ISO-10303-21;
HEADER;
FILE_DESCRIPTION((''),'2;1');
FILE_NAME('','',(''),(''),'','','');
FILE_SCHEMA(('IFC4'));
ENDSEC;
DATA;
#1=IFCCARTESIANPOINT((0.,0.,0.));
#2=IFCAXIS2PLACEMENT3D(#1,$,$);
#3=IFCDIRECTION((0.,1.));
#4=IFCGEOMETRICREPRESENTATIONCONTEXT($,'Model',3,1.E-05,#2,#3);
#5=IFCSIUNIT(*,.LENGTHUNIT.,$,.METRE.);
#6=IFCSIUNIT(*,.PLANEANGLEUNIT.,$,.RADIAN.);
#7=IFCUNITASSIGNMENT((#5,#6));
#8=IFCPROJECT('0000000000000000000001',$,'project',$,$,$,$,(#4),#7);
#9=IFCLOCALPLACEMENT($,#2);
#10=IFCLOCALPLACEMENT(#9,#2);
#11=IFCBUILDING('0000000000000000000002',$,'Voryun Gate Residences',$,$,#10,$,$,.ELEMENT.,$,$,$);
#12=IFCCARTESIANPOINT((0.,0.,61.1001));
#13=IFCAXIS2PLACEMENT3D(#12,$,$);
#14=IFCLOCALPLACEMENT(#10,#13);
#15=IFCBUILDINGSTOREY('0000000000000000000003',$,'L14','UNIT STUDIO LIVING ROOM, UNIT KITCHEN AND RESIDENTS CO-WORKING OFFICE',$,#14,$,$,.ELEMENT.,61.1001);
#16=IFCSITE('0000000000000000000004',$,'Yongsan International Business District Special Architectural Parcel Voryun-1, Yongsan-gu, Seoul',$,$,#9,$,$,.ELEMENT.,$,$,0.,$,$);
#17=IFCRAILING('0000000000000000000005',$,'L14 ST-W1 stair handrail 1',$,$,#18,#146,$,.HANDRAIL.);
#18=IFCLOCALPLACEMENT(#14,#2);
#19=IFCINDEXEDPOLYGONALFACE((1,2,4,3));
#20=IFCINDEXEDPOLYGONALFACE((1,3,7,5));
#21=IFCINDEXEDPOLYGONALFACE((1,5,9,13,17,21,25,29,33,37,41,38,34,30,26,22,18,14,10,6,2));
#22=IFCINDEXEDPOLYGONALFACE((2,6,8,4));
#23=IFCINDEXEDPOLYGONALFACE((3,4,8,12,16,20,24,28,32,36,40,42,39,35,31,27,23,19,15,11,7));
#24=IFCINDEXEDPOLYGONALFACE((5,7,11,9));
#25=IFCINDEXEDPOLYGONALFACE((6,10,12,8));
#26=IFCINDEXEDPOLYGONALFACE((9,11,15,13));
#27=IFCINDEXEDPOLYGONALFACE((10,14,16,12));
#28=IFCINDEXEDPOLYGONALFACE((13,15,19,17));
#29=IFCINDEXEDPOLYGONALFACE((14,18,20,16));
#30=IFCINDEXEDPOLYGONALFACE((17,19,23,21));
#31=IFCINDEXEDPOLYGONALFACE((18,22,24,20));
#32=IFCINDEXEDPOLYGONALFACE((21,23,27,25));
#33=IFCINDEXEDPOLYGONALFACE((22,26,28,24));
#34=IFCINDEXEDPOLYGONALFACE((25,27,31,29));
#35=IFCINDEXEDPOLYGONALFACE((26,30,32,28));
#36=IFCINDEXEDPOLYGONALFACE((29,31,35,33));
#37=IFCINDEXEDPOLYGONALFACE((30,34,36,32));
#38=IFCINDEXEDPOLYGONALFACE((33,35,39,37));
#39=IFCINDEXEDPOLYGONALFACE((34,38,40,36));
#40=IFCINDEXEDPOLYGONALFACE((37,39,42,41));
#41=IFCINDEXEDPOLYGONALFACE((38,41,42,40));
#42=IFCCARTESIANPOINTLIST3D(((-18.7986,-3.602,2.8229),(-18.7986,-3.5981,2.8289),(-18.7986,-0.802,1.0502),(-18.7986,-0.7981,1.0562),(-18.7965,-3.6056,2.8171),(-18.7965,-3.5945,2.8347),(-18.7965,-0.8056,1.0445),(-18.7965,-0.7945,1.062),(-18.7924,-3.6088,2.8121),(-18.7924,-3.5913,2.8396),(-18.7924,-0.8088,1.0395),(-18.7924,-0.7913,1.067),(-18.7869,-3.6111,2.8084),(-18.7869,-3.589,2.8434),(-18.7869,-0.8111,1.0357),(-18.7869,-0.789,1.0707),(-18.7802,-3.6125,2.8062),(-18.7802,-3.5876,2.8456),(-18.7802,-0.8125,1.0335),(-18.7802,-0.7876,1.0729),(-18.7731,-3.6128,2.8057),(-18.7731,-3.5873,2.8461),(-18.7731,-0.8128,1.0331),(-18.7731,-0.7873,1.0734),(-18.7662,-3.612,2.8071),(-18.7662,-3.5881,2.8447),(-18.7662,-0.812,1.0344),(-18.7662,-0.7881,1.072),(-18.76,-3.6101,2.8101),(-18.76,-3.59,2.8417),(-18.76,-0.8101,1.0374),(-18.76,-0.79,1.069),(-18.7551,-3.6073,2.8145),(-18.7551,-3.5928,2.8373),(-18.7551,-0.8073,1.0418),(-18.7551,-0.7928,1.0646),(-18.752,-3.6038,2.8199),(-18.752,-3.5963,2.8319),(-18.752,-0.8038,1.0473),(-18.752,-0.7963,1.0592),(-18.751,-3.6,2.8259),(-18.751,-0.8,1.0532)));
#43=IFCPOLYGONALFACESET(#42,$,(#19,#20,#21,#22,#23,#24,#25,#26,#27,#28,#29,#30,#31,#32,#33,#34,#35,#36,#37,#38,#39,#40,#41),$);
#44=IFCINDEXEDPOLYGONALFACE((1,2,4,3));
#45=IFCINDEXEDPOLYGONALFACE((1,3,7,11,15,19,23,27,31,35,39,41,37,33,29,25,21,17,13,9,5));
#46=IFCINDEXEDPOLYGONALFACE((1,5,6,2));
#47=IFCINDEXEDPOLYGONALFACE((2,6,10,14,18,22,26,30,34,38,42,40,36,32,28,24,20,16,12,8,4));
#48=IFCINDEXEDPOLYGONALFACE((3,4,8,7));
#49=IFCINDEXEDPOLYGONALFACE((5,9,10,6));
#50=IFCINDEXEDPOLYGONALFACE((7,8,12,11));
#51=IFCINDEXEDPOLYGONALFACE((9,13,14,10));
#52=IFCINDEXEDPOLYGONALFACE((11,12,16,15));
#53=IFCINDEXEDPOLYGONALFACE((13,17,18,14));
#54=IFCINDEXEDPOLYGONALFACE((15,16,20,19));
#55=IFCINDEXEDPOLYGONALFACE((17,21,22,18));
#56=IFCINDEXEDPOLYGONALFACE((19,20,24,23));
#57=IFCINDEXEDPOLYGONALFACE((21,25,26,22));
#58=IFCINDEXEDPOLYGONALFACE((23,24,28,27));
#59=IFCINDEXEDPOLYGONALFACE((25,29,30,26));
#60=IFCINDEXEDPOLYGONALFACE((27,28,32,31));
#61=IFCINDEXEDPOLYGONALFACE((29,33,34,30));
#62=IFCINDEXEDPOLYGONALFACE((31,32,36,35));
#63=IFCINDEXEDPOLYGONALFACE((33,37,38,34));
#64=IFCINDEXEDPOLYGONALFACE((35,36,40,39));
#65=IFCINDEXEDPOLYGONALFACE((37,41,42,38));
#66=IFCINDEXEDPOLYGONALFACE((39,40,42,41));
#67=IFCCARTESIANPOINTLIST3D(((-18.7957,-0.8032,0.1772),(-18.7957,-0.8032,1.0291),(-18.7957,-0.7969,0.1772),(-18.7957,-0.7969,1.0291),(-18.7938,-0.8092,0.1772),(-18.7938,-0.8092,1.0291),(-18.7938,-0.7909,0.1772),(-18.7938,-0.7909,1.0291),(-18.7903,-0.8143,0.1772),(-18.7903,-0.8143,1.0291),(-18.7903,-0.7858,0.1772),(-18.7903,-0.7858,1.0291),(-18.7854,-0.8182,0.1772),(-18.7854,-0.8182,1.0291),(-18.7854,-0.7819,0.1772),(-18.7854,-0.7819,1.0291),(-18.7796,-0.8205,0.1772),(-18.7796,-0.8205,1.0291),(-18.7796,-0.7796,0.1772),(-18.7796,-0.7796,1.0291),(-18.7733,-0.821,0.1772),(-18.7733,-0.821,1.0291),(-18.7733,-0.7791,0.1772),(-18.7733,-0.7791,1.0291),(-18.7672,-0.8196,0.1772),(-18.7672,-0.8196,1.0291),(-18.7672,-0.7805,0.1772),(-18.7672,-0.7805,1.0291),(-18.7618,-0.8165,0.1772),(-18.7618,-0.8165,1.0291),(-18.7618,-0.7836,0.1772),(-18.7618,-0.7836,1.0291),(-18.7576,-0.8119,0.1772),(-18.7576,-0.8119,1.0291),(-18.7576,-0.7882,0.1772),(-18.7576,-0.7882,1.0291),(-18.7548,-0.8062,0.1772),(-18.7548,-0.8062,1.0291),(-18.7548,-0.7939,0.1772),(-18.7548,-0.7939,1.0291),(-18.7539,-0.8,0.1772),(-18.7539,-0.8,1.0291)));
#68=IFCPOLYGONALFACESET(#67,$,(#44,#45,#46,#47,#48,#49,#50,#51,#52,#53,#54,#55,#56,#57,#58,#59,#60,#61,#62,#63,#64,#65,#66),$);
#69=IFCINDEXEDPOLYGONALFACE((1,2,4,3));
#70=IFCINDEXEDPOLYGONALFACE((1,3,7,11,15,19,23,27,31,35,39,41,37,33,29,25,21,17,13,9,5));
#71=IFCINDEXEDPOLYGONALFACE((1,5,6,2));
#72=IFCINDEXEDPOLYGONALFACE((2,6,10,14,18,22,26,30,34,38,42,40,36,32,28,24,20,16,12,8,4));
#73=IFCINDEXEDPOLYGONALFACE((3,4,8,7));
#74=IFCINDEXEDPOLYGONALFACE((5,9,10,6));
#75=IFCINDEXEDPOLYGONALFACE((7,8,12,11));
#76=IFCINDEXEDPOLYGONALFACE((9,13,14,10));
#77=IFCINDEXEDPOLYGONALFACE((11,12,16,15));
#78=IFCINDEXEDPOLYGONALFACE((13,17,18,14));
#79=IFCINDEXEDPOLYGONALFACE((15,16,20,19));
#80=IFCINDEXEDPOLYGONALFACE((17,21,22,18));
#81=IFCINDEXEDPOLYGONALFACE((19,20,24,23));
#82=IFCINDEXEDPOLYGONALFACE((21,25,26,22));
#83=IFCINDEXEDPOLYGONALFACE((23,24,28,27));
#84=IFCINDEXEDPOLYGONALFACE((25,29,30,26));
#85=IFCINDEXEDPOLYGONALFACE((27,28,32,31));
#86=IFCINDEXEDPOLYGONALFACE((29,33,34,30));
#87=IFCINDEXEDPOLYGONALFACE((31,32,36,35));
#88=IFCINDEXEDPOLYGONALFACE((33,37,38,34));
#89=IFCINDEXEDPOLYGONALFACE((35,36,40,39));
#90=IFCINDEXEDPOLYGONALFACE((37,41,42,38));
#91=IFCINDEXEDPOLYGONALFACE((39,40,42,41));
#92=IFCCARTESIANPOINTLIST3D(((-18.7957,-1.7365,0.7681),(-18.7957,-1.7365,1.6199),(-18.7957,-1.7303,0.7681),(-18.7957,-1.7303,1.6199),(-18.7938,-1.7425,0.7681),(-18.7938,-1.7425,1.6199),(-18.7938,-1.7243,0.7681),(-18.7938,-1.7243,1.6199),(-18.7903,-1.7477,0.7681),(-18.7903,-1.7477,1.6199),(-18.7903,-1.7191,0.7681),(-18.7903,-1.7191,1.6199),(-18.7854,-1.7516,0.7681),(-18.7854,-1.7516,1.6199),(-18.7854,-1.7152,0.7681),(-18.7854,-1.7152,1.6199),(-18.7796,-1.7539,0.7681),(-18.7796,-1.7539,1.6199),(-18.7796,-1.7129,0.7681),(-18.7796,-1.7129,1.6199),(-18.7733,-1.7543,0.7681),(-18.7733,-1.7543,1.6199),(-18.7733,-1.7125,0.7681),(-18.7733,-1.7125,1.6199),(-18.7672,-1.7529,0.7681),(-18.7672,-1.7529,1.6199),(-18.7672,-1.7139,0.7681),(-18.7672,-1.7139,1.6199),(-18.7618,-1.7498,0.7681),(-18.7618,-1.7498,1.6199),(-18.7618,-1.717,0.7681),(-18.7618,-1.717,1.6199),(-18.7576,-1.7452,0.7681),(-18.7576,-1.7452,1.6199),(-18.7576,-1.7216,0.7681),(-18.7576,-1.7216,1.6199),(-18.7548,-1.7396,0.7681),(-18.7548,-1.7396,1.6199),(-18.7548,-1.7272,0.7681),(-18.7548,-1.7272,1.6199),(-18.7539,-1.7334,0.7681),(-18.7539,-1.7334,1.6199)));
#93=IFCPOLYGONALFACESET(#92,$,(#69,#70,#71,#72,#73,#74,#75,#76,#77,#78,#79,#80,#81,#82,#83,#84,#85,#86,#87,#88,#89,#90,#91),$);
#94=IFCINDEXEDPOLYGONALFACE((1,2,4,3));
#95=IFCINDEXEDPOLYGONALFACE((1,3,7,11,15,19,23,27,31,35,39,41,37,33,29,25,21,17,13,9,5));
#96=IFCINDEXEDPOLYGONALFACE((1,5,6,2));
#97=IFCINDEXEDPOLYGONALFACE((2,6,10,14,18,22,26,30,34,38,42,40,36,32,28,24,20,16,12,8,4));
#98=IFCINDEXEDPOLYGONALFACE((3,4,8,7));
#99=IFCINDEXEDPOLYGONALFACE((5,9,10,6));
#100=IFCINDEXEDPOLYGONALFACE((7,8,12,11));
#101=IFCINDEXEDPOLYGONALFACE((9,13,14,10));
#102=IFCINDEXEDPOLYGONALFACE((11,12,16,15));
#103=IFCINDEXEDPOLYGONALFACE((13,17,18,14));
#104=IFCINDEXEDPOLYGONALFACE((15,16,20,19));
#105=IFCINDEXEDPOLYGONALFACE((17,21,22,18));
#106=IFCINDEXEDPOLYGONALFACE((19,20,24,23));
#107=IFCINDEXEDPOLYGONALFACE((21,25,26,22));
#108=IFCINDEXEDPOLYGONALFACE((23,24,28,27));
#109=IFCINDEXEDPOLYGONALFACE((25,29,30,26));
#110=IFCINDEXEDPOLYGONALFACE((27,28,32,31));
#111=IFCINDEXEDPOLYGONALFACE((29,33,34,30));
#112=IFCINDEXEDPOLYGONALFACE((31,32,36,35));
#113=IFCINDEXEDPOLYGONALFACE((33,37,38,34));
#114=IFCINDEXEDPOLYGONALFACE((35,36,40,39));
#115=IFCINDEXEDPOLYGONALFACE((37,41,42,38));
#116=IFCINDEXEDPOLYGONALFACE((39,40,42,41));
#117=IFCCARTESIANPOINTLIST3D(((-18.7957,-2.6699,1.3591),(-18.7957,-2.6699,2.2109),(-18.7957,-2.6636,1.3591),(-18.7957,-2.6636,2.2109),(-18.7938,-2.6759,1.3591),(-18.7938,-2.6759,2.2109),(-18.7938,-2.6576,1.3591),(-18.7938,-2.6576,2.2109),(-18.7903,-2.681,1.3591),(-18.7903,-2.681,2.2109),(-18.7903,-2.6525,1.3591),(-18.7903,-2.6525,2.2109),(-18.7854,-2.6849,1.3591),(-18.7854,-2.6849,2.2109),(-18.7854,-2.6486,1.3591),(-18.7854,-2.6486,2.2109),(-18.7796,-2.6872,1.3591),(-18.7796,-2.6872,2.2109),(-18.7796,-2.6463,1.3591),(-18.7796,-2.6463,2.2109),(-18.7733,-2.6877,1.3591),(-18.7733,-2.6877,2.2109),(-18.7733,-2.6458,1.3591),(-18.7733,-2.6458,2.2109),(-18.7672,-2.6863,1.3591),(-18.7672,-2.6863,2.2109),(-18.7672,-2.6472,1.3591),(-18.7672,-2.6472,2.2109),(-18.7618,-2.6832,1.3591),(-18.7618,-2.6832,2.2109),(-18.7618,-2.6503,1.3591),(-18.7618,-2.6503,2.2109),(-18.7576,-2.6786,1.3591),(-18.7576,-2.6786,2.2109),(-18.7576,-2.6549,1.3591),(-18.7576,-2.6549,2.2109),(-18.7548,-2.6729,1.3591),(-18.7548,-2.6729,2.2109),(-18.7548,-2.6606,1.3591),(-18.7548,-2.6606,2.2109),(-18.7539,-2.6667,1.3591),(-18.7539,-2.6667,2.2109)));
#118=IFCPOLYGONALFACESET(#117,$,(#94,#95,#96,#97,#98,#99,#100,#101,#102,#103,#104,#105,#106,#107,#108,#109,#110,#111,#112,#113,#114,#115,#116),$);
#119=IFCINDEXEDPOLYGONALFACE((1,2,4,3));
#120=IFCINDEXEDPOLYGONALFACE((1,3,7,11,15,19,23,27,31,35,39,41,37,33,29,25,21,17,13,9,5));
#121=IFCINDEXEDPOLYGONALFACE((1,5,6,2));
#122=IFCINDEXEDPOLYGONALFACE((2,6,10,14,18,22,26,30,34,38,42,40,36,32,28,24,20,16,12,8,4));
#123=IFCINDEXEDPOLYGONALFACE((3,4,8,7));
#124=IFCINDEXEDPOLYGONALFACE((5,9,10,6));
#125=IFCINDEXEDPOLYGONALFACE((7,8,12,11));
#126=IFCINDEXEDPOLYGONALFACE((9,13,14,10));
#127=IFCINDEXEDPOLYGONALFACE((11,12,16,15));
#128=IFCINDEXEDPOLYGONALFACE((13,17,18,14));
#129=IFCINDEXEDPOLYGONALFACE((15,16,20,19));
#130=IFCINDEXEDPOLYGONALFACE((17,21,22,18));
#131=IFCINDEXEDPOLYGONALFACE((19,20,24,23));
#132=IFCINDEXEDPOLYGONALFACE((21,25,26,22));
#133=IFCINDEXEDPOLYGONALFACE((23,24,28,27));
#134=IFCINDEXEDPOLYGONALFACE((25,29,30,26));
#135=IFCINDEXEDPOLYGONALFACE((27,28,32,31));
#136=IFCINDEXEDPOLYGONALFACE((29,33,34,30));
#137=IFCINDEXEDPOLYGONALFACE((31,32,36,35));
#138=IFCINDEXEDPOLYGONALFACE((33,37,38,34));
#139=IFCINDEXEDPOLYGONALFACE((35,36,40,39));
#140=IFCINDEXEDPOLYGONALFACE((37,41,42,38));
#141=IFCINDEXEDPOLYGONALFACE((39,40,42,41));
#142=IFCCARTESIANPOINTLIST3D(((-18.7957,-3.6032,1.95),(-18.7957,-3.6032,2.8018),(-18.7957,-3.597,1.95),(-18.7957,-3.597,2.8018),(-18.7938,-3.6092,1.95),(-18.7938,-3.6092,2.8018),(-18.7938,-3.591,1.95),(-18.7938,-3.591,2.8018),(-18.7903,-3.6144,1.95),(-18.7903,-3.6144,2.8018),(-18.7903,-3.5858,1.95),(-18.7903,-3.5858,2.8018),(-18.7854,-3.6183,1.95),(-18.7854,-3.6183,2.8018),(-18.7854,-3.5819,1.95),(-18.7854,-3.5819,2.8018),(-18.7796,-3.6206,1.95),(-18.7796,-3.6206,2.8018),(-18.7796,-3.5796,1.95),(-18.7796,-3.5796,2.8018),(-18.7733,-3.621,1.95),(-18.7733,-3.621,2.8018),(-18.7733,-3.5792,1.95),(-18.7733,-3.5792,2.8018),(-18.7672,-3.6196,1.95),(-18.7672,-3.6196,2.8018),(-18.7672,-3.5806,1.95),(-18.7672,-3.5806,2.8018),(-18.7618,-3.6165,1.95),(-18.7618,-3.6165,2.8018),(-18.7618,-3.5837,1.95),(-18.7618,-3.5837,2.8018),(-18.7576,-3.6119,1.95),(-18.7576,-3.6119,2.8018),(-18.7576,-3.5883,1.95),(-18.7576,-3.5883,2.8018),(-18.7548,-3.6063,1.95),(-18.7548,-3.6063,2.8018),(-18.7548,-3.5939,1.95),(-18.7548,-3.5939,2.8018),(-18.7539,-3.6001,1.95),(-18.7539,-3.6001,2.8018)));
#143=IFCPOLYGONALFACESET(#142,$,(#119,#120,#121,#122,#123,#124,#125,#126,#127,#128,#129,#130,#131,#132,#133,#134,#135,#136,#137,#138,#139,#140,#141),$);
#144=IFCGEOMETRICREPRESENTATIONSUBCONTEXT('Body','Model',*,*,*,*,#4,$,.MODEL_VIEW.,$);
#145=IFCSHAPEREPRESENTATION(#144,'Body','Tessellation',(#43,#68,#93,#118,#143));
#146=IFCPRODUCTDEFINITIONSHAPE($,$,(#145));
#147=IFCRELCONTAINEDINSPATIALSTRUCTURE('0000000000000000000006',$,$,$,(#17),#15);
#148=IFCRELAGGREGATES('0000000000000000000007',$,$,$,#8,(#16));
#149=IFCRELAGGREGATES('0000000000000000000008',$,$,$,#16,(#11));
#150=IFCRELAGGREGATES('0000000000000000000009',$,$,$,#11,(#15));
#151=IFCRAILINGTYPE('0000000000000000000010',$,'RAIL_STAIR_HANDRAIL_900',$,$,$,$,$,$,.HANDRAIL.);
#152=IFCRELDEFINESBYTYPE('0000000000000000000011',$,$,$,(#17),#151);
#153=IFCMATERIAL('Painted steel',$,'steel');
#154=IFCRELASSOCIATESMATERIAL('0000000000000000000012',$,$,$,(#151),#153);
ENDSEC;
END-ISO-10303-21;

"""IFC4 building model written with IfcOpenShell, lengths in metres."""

from ifc_helpers import new_model, si_unit, direction, frame, origin, origin_2d, place, context, subcontext, project, spatial, circle, extrude, material, type_object, element, save


model = new_model("IFC4")

# Units and contexts
model_context = context("Model", 3, precision=1e-05, world=origin(), true_north=direction((0.0, 1.0)))
body_context = subcontext(model_context, "Body", "Model", "MODEL_VIEW")
ifc_project = project(units=[si_unit("LENGTHUNIT", "METRE"), si_unit("PLANEANGLEUNIT", "RADIAN")], contexts=[model_context])

# Site, building, storey
site_placement = place(None, origin())
site = spatial("IfcSite", under=ifc_project, at=site_placement, Name="Yongsan International Business District Special Architectural Parcel Voryun-1, Yongsan-gu, Seoul", CompositionType="ELEMENT", RefElevation=0.0)
building_placement = place(site_placement, origin())
building = spatial("IfcBuilding", under=site, at=building_placement, Name="Voryun Gate Residences", CompositionType="ELEMENT")
storey_placement = place(building_placement, frame((0.0, 0.0, 61.1001)))
storey = spatial("IfcBuildingStorey", under=building, at=storey_placement, Name="L14", Description="UNIT STUDIO LIVING ROOM, UNIT KITCHEN AND RESIDENTS CO-WORKING OFFICE", CompositionType="ELEMENT", Elevation=61.1001)

# Railing
ifc_material_1 = material(Name="Painted steel", Category="steel")
railing_type_1 = type_object("IfcRailingType", Name="RAIL_STAIR_HANDRAIL_900", PredefinedType="HANDRAIL", material=ifc_material_1)
railing_1_placement = place(storey_placement, frame((-18.7749, -0.8, 0.1772)))
element("IfcRailing", 1, at=railing_1_placement, inside=storey, type_object=railing_type_1, Name="L14 ST-W1 stair handrail 1", PredefinedType="HANDRAIL", context=body_context, shape_type="SweptSolid", body=[
    extrude(circle(Radius=0.0239, at=origin_2d()), frame((0.0, 0.0, 0.876), z_axis=(0.0, -0.844909, 0.53491), x_axis=(1.0, 0.0, 0.0)), (0.0, 0.0, 1.0), 3.314),
    extrude(circle(Radius=0.021, at=origin_2d()), origin(), (0.0, 0.0, 1.0), 0.8518),
    extrude(circle(Radius=0.021, at=origin_2d()), frame((0.0, -0.9333, 0.5908)), (0.0, 0.0, 1.0), 0.8518),
    extrude(circle(Radius=0.021, at=origin_2d()), frame((0.0, -1.8667, 1.1819)), (0.0, 0.0, 1.0), 0.8518),
    extrude(circle(Radius=0.021, at=origin_2d()), frame((0.0, -2.8, 1.7727)), (0.0, 0.0, 1.0), 0.8518),
])

save(model, "model.ifc")
